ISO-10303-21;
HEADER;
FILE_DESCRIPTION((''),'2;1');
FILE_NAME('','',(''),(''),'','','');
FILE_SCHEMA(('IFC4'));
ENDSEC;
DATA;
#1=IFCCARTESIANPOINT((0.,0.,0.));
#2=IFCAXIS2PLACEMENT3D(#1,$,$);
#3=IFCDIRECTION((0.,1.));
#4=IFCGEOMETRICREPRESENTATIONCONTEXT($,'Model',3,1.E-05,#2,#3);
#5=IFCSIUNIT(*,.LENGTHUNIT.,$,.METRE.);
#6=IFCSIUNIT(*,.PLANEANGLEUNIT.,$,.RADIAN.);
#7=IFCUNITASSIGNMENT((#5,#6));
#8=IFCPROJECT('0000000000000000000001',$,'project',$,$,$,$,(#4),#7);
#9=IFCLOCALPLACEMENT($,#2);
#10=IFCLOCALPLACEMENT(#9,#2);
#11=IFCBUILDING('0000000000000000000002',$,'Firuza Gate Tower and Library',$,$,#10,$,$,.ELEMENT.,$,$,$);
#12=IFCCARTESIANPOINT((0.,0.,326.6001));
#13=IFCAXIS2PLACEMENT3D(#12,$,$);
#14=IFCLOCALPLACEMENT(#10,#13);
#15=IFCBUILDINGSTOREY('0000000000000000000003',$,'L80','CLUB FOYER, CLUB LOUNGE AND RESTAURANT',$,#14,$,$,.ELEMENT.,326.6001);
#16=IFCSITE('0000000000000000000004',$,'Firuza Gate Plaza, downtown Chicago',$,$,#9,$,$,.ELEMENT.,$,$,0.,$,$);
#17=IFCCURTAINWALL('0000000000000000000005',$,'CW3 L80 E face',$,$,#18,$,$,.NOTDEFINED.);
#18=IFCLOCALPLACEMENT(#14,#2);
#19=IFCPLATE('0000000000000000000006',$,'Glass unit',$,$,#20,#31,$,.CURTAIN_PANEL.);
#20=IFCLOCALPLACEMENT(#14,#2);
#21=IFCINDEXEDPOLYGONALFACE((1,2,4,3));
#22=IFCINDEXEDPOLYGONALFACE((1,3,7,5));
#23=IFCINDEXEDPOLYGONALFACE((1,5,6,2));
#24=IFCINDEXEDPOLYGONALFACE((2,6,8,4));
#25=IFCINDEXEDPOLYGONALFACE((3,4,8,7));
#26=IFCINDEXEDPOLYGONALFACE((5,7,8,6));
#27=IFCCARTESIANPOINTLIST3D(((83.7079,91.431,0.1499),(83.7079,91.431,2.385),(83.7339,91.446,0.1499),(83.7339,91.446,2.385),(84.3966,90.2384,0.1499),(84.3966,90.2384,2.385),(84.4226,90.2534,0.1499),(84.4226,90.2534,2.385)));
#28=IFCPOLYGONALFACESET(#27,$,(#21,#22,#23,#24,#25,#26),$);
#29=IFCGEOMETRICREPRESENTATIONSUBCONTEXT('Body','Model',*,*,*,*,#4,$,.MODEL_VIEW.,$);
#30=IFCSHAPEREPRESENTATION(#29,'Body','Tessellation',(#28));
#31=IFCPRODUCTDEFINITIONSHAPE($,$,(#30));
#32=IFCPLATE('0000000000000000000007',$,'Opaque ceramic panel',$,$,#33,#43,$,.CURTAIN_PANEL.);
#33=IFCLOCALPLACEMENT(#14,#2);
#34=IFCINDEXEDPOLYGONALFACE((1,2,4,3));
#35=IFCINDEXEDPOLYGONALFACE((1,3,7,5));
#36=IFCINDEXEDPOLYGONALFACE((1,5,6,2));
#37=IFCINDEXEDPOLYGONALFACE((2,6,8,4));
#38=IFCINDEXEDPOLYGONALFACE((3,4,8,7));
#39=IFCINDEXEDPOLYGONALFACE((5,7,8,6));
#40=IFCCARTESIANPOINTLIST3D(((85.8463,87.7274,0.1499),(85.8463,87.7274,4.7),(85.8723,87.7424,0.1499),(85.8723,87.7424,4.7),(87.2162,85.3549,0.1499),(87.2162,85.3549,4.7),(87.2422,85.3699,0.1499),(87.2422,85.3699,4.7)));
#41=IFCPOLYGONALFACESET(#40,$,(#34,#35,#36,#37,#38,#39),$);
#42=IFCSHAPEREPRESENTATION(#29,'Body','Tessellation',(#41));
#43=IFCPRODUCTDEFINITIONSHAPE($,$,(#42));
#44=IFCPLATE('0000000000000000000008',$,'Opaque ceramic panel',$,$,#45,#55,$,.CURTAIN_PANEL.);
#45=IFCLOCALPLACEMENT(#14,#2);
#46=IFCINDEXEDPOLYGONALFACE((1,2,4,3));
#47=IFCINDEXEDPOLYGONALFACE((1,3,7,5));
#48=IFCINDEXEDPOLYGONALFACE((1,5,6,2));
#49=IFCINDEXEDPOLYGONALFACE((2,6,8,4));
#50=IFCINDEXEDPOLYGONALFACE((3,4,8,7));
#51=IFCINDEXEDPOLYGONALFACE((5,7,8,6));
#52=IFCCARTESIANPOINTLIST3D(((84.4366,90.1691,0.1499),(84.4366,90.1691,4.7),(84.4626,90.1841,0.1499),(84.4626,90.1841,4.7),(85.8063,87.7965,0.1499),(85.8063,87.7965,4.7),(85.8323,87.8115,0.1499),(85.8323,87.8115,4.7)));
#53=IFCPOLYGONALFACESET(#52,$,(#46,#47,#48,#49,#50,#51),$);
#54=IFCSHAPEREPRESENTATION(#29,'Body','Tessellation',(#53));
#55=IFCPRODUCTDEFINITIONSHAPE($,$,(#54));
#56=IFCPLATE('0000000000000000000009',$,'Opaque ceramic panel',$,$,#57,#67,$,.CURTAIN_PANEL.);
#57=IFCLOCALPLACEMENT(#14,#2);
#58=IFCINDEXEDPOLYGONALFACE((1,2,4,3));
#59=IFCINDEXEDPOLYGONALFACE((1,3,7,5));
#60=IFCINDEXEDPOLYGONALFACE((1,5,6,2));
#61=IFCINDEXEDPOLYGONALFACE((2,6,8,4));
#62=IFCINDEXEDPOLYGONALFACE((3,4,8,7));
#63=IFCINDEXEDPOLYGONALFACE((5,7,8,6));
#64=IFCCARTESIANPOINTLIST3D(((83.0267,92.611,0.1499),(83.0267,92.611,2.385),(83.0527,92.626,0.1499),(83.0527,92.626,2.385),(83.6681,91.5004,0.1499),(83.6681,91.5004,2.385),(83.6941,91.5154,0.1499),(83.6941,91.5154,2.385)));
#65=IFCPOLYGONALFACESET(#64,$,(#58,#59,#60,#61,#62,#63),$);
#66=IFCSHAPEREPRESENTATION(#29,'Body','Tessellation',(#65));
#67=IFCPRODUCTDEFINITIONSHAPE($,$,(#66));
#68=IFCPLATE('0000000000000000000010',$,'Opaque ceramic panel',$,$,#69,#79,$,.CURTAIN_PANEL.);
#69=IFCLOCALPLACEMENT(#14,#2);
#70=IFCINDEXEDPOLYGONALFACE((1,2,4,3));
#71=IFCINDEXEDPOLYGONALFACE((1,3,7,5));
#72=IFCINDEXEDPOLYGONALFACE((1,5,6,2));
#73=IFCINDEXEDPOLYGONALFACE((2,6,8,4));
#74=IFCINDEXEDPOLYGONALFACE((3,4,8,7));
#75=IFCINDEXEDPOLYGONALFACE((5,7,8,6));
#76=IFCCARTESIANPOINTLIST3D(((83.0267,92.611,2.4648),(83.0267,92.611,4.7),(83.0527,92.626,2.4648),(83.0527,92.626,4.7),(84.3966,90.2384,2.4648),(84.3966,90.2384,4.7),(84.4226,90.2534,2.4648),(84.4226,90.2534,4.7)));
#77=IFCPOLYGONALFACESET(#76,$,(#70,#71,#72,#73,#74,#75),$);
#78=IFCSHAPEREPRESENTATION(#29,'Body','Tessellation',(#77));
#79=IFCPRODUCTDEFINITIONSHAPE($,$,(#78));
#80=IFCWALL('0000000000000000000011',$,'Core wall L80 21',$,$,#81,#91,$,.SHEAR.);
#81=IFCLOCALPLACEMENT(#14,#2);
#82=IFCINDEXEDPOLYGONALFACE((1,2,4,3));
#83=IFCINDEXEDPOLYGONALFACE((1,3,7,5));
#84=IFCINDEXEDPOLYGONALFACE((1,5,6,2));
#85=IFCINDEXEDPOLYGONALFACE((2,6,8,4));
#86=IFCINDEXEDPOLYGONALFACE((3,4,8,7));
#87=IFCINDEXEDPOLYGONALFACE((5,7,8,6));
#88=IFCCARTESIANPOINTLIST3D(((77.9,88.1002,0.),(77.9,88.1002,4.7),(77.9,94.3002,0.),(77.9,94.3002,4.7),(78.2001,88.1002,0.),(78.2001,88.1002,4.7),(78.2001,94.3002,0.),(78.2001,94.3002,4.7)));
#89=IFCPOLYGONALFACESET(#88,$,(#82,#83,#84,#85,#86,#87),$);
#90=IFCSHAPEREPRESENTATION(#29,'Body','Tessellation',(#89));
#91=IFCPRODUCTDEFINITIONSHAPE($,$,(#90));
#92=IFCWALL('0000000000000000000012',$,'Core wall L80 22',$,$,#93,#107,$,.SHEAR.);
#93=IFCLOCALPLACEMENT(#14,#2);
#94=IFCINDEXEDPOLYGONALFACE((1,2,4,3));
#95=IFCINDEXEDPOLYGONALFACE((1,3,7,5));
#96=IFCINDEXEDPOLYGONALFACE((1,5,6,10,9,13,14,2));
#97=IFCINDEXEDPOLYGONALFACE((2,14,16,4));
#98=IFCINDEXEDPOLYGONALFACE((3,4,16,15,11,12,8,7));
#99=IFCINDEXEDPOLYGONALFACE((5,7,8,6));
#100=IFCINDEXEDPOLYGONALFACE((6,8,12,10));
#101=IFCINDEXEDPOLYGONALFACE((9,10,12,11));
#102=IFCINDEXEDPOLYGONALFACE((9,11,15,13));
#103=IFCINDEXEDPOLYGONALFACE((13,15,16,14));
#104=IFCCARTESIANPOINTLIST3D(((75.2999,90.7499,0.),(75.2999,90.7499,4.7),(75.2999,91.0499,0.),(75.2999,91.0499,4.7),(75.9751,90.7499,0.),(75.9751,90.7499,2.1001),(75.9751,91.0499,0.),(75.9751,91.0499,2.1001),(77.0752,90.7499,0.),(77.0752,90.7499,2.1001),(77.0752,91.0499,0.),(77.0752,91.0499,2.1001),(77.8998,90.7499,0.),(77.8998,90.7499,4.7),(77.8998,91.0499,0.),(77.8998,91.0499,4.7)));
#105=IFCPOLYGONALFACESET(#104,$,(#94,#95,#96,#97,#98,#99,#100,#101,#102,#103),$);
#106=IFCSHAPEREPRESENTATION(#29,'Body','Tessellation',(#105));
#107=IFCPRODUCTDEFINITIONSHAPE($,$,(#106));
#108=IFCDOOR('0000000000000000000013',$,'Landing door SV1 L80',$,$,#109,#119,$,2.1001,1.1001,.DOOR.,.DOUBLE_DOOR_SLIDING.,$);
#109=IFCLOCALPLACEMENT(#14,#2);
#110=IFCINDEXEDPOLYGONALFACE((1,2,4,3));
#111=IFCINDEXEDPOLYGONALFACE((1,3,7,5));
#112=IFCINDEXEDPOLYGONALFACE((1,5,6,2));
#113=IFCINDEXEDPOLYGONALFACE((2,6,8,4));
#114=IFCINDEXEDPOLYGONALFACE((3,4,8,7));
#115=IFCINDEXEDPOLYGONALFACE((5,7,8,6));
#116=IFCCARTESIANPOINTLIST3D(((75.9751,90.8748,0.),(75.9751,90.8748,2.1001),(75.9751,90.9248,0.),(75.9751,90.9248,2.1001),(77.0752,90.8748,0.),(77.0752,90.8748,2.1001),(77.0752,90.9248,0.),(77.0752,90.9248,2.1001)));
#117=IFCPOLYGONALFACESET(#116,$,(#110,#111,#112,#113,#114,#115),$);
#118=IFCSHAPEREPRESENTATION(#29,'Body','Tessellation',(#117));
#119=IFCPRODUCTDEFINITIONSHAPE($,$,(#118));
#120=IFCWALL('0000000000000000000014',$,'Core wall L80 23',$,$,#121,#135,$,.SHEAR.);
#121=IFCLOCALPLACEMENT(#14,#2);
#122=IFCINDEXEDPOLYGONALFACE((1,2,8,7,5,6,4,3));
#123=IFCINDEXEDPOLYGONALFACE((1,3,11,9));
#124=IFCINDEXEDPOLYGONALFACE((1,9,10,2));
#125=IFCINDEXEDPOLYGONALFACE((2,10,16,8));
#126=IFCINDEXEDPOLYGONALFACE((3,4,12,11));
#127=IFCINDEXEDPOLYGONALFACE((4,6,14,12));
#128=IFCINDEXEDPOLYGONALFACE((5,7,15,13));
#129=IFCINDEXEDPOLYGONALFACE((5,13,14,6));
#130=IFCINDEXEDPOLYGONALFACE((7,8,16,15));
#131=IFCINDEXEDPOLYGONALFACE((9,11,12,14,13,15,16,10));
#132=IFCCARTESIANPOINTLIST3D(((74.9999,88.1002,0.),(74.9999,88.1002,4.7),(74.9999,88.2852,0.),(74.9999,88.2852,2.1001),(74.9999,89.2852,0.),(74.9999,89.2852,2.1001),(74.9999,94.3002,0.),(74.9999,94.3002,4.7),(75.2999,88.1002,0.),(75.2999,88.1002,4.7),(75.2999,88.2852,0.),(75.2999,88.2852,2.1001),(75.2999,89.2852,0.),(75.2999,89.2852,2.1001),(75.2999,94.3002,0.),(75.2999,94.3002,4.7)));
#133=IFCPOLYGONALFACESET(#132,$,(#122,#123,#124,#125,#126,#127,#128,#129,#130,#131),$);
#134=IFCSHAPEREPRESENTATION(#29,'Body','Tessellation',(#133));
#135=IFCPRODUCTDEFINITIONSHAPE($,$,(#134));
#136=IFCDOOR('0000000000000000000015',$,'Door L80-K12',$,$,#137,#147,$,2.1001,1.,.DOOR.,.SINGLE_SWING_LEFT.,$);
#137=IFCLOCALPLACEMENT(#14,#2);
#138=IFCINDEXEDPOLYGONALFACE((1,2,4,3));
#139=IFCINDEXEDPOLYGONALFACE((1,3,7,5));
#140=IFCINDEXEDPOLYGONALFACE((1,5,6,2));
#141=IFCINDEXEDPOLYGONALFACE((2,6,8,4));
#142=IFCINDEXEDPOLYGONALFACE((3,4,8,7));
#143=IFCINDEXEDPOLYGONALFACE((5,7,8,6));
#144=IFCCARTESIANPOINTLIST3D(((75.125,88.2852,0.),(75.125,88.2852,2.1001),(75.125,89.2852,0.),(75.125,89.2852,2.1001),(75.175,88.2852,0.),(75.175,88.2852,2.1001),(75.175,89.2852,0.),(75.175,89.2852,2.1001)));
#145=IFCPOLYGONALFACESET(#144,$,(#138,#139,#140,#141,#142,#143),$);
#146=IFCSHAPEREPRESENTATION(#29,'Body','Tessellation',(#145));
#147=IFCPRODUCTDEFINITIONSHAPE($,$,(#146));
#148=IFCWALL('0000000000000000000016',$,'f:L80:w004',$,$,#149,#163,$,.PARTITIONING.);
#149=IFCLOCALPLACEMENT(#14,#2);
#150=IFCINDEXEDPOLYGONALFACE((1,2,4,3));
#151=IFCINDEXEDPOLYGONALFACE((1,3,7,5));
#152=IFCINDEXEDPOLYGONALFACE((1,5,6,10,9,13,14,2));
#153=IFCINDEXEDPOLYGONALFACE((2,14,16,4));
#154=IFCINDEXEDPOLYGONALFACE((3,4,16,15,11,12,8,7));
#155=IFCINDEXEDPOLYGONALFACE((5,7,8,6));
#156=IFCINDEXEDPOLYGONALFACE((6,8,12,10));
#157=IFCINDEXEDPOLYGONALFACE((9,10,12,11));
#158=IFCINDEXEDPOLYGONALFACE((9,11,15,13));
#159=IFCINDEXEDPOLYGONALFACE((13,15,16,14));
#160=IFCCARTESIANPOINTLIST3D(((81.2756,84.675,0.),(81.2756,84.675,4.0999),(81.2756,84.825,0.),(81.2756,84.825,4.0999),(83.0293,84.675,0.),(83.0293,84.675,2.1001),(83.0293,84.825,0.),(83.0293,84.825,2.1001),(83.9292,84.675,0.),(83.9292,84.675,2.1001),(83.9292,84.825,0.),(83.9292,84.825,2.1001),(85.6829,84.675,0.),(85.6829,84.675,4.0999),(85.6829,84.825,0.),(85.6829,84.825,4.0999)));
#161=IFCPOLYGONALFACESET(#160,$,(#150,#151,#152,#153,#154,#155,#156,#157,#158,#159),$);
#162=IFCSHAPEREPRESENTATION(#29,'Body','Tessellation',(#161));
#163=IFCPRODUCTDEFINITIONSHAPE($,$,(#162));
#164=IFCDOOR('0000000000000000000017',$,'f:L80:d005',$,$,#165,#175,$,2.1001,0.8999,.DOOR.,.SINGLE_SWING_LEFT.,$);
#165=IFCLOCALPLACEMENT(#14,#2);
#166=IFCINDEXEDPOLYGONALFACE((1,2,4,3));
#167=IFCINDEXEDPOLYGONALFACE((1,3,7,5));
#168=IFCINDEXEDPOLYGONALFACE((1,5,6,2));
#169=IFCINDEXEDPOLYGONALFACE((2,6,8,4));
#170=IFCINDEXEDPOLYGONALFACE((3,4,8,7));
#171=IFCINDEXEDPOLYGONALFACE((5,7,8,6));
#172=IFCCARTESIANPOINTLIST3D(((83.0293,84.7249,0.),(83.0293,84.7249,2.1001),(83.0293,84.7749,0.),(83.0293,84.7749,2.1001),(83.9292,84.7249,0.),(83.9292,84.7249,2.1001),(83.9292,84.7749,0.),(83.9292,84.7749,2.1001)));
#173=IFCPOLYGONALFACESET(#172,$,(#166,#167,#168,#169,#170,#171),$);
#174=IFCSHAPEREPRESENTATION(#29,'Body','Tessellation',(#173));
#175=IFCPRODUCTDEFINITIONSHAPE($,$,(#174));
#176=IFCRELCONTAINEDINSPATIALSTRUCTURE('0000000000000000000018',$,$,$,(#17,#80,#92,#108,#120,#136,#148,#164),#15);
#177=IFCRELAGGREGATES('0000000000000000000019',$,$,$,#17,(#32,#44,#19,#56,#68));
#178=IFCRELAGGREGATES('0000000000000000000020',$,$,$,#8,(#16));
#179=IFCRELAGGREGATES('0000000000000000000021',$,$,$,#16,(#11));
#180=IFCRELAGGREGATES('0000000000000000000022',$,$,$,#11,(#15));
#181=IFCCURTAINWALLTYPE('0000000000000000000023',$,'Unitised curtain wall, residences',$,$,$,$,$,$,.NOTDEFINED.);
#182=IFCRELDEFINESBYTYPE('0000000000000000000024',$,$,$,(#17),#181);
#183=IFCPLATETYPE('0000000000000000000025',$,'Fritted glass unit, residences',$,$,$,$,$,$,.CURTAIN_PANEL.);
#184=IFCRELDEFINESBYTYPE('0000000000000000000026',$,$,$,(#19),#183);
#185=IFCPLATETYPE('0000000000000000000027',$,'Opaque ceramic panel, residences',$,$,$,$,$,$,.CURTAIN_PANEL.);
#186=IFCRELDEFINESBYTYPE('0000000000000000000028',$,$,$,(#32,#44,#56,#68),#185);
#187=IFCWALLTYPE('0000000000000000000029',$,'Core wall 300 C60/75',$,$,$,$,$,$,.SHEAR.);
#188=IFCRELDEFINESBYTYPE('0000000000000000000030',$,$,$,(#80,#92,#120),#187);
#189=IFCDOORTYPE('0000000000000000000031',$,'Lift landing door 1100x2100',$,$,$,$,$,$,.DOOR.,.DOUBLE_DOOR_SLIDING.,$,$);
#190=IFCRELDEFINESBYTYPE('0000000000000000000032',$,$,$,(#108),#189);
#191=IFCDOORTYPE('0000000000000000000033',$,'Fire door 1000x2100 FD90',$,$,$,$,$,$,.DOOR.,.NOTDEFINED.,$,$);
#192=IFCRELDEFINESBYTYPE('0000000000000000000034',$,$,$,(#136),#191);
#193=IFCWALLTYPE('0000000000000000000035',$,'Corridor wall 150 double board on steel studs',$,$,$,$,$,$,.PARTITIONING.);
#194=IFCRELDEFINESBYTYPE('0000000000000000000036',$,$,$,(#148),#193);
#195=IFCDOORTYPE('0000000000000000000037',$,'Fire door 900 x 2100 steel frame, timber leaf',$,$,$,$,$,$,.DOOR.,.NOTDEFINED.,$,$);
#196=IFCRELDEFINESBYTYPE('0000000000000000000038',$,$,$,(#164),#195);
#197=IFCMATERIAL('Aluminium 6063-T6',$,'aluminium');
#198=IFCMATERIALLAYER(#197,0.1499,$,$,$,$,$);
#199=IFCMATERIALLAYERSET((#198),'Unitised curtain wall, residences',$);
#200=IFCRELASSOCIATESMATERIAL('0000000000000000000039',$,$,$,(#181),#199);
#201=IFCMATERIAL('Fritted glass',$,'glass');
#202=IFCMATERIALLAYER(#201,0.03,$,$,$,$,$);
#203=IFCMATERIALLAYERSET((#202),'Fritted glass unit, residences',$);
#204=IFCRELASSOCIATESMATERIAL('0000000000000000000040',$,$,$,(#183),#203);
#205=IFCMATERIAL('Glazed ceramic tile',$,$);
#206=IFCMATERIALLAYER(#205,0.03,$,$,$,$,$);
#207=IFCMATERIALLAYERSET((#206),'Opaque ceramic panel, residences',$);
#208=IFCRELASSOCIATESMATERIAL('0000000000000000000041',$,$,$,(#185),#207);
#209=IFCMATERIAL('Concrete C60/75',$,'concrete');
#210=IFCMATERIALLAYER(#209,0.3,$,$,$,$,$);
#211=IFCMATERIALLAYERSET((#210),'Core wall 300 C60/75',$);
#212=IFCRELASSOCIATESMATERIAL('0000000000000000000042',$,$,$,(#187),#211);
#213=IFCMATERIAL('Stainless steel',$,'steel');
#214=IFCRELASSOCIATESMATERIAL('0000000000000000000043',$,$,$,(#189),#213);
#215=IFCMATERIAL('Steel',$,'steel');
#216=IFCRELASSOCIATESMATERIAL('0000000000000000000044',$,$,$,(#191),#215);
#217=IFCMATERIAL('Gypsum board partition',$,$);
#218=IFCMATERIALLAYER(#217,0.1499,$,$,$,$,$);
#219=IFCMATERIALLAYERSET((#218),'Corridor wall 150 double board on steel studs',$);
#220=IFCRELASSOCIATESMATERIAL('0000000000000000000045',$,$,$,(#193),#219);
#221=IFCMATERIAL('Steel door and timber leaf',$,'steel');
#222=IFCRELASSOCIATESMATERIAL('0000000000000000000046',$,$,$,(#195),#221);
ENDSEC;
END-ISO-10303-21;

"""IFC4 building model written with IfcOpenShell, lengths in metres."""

from ifc_helpers import new_model, si_unit, direction, frame, frame_2d, origin, place, context, subcontext, project, spatial, polyline, rectangle, outline, extrude, material, layer, layer_set, type_object, element, fill, aggregate, save


model = new_model("IFC4")

# Units and contexts
model_context = context("Model", 3, precision=1e-05, world=origin(), true_north=direction((0.0, 1.0)))
body_context = subcontext(model_context, "Body", "Model", "MODEL_VIEW")
ifc_project = project(units=[si_unit("LENGTHUNIT", "METRE"), si_unit("PLANEANGLEUNIT", "RADIAN")], contexts=[model_context])

# Site, building, storey
site_placement = place(None, origin())
site = spatial("IfcSite", under=ifc_project, at=site_placement, Name="Firuza Gate Plaza, downtown Chicago", CompositionType="ELEMENT", RefElevation=0.0)
building_placement = place(site_placement, origin())
building = spatial("IfcBuilding", under=site, at=building_placement, Name="Firuza Gate Tower and Library", CompositionType="ELEMENT")
storey_placement = place(building_placement, frame((0.0, 0.0, 326.6001)))
storey = spatial("IfcBuildingStorey", under=building, at=storey_placement, Name="L80", Description="CLUB FOYER, CLUB LOUNGE AND RESTAURANT", CompositionType="ELEMENT", Elevation=326.6001)

# Curtain wall
ifc_material_1 = material(Name="Aluminium 6063-T6", Category="aluminium")
ifc_layer_1 = layer(ifc_material_1, 0.1499)
ifc_layer_set_1 = layer_set([ifc_layer_1], Name="Unitised curtain wall, residences")
curtain_wall_type = type_object("IfcCurtainWallType", Name="Unitised curtain wall, residences", PredefinedType="NOTDEFINED", material=ifc_layer_set_1)
curtain_wall_placement = place(storey_placement, origin())
curtain_wall = element("IfcCurtainWall", 1, at=curtain_wall_placement, inside=storey, type_object=curtain_wall_type, Name="CW3 L80 E face", PredefinedType="NOTDEFINED")

# Plates
ifc_material_2 = material(Name="Fritted glass", Category="glass")
ifc_layer_2 = layer(ifc_material_2, 0.03)
ifc_layer_set_2 = layer_set([ifc_layer_2], Name="Fritted glass unit, residences")
plate_type_1 = type_object("IfcPlateType", Name="Fritted glass unit, residences", PredefinedType="CURTAIN_PANEL", material=ifc_layer_set_2)
plate_1_placement = place(storey_placement, frame((84.4226, 90.2534, 0.1499), z_axis=(0.865976, 0.500086, 0.0), x_axis=(-0.500086, 0.865976, 0.0)))
plate_1 = element("IfcPlate", 2, at=plate_1_placement, type_object=plate_type_1, Name="Glass unit", PredefinedType="CURTAIN_PANEL", context=body_context, shape_type="SweptSolid", body=[
    extrude(outline(polyline([(0.0, 0.0), (1.3772, 0.0), (1.3772, 2.2351), (0.0, 2.2351), (0.0, 0.0)])), origin(), (0.0, 0.0, -1.0), 0.03),
])
ifc_material_3 = material(Name="Glazed ceramic tile")
ifc_layer_3 = layer(ifc_material_3, 0.03)
ifc_layer_set_3 = layer_set([ifc_layer_3], Name="Opaque ceramic panel, residences")
plate_type_2 = type_object("IfcPlateType", Name="Opaque ceramic panel, residences", PredefinedType="CURTAIN_PANEL", material=ifc_layer_set_3)
plate_2_placement = place(storey_placement, frame((87.2422, 85.3699, 0.1499), z_axis=(0.866013, 0.500021, 0.0), x_axis=(-0.500021, 0.866013, 0.0)))
plate_2 = element("IfcPlate", 3, at=plate_2_placement, type_object=plate_type_2, Name="Opaque ceramic panel", PredefinedType="CURTAIN_PANEL", context=body_context, shape_type="SweptSolid", body=[
    extrude(outline(polyline([(0.0, 0.0), (2.7396, 0.0), (2.7396, 4.55), (0.0, 4.55), (0.0, 0.0)])), origin(), (0.0, 0.0, -1.0), 0.03),
])
plate_3_placement = place(storey_placement, frame((85.8323, 87.8115, 0.1499), z_axis=(0.866052, 0.499954, 0.0), x_axis=(-0.499954, 0.866052, 0.0)))
plate_3 = element("IfcPlate", 4, at=plate_3_placement, type_object=plate_type_2, Name="Opaque ceramic panel", PredefinedType="CURTAIN_PANEL", context=body_context, shape_type="SweptSolid", body=[
    extrude(outline(polyline([(0.0, 0.0), (2.7395, 0.0), (2.7395, 4.55), (0.0, 4.55), (0.0, 0.0)])), origin(), (0.0, 0.0, -1.0), 0.03),
])
plate_4_placement = place(storey_placement, frame((83.6941, 91.5154, 0.1499), z_axis=(0.865973, 0.50009, 0.0), x_axis=(-0.50009, 0.865973, 0.0)))
plate_4 = element("IfcPlate", 5, at=plate_4_placement, type_object=plate_type_2, Name="Opaque ceramic panel", PredefinedType="CURTAIN_PANEL", context=body_context, shape_type="SweptSolid", body=[
    extrude(outline(polyline([(0.0, 0.0), (1.2825, 0.0), (1.2825, 2.2351), (0.0, 2.2351), (0.0, 0.0)])), origin(), (0.0, 0.0, -1.0), 0.03),
])
plate_5_placement = place(storey_placement, frame((84.4226, 90.2534, 2.4648), z_axis=(0.866013, 0.500021, 0.0), x_axis=(-0.500021, 0.866013, 0.0)))
plate_5 = element("IfcPlate", 6, at=plate_5_placement, type_object=plate_type_2, Name="Opaque ceramic panel", PredefinedType="CURTAIN_PANEL", context=body_context, shape_type="SweptSolid", body=[
    extrude(outline(polyline([(0.0, 0.0), (2.7396, 0.0), (2.7396, 2.2351), (0.0, 2.2351), (0.0, 0.0)])), origin(), (0.0, 0.0, -1.0), 0.03),
])
aggregate(curtain_wall, [plate_2, plate_3, plate_1, plate_4, plate_5])

# Wall
ifc_material_4 = material(Name="Concrete C60/75", Category="concrete")
ifc_layer_4 = layer(ifc_material_4, 0.3)
ifc_layer_set_4 = layer_set([ifc_layer_4], Name="Core wall 300 C60/75")
wall_type_1 = type_object("IfcWallType", Name="Core wall 300 C60/75", PredefinedType="SHEAR", material=ifc_layer_set_4)
wall_1_placement = place(storey_placement, frame((78.05, 88.1001, 0.0), z_axis=(0.0, 0.0, 1.0), x_axis=(0.0, 1.0, 0.0)))
element("IfcWall", 7, at=wall_1_placement, inside=storey, type_object=wall_type_1, Name="Core wall L80 21", PredefinedType="SHEAR", context=body_context, shape_type="SweptSolid", body=[
    extrude(rectangle(XDim=6.2, YDim=0.3, at=frame_2d((3.1001, 0.0))), origin(), (0.0, 0.0, 1.0), 4.7),
])

# Walls, openings, doors
wall_2_placement = place(storey_placement, frame((75.3, 90.8999, 0.0), z_axis=(0.0, 0.0, 1.0), x_axis=(1.0, 0.0, 0.0)))
wall_2 = element("IfcWall", 8, at=wall_2_placement, inside=storey, type_object=wall_type_1, Name="Core wall L80 22", PredefinedType="SHEAR", context=body_context, shape_type="SweptSolid", body=[
    extrude(rectangle(XDim=2.5999, YDim=0.3, at=frame_2d((1.2998, 0.0))), origin(), (0.0, 0.0, 1.0), 4.7),
])
opening_1_placement = place(wall_2_placement, frame((0.675, 0.0, 0.0)))
opening_1 = element("IfcOpeningElement", 9, at=opening_1_placement, cuts=wall_2, PredefinedType="OPENING", context=body_context, shape_type="SweptSolid", body=[
    extrude(rectangle(XDim=1.1001, YDim=2.1001, at=frame_2d((0.55, 1.05))), frame((0.0, 0.1602, 0.0), z_axis=(0.0, -1.0, 0.0), x_axis=(1.0, 0.0, 0.0)), (0.0, 0.0, 1.0), 0.3201),
])
ifc_material_5 = material(Name="Stainless steel", Category="steel")
door_type_1 = type_object("IfcDoorType", Name="Lift landing door 1100x2100", OperationType="DOUBLE_DOOR_SLIDING", PredefinedType="DOOR", material=ifc_material_5)
door_1_placement = place(opening_1_placement, origin())
door_1 = element("IfcDoor", 10, at=door_1_placement, inside=storey, type_object=door_type_1, Name="Landing door SV1 L80", OperationType="DOUBLE_DOOR_SLIDING", OverallHeight=2.1001, OverallWidth=1.1001, PredefinedType="DOOR", context=body_context, shape_type="SweptSolid", body=[
    extrude(rectangle(XDim=1.1001, YDim=2.1001, at=frame_2d((0.55, 1.05))), frame((0.0, 0.0249, 0.0), z_axis=(0.0, -1.0, 0.0), x_axis=(1.0, 0.0, 0.0)), (0.0, 0.0, 1.0), 0.05),
])
fill(opening_1, door_1)
wall_3_placement = place(storey_placement, frame((75.1499, 88.1001, 0.0), z_axis=(0.0, 0.0, 1.0), x_axis=(0.0, 1.0, 0.0)))
wall_3 = element("IfcWall", 11, at=wall_3_placement, inside=storey, type_object=wall_type_1, Name="Core wall L80 23", PredefinedType="SHEAR", context=body_context, shape_type="SweptSolid", body=[
    extrude(rectangle(XDim=6.2, YDim=0.3, at=frame_2d((3.1001, 0.0))), origin(), (0.0, 0.0, 1.0), 4.7),
])
opening_2_placement = place(wall_3_placement, frame((0.1851, 0.0, 0.0)))
opening_2 = element("IfcOpeningElement", 12, at=opening_2_placement, cuts=wall_3, PredefinedType="OPENING", context=body_context, shape_type="SweptSolid", body=[
    extrude(rectangle(XDim=1.0, YDim=2.1001, at=frame_2d((0.5, 1.05))), frame((0.0, 0.1602, 0.0), z_axis=(0.0, -1.0, 0.0), x_axis=(1.0, 0.0, 0.0)), (0.0, 0.0, 1.0), 0.3201),
])
ifc_material_6 = material(Name="Steel", Category="steel")
door_type_2 = type_object("IfcDoorType", Name="Fire door 1000x2100 FD90", OperationType="NOTDEFINED", PredefinedType="DOOR", material=ifc_material_6)
door_2_placement = place(opening_2_placement, origin())
door_2 = element("IfcDoor", 13, at=door_2_placement, inside=storey, type_object=door_type_2, Name="Door L80-K12", OperationType="SINGLE_SWING_LEFT", OverallHeight=2.1001, OverallWidth=1.0, PredefinedType="DOOR", context=body_context, shape_type="SweptSolid", body=[
    extrude(rectangle(XDim=1.0, YDim=2.1001, at=frame_2d((0.5, 1.05))), frame((0.0, 0.0249, 0.0), z_axis=(0.0, -1.0, 0.0), x_axis=(1.0, 0.0, 0.0)), (0.0, 0.0, 1.0), 0.05),
])
fill(opening_2, door_2)
ifc_material_7 = material(Name="Gypsum board partition")
ifc_layer_5 = layer(ifc_material_7, 0.1499)
ifc_layer_set_5 = layer_set([ifc_layer_5], Name="Corridor wall 150 double board on steel studs")
wall_type_2 = type_object("IfcWallType", Name="Corridor wall 150 double board on steel studs", PredefinedType="PARTITIONING", material=ifc_layer_set_5)
wall_4_placement = place(storey_placement, frame((81.2756, 84.75, 0.0), z_axis=(0.0, 0.0, 1.0), x_axis=(1.0, 0.0, 0.0)))
wall_4 = element("IfcWall", 14, at=wall_4_placement, inside=storey, type_object=wall_type_2, Name="f:L80:w004", PredefinedType="PARTITIONING", context=body_context, shape_type="SweptSolid", body=[
    extrude(rectangle(XDim=4.4072, YDim=0.1499, at=frame_2d((2.2036, 0.0))), origin(), (0.0, 0.0, 1.0), 4.0999),
])
opening_3_placement = place(wall_4_placement, frame((1.7537, 0.0, 0.0)))
opening_3 = element("IfcOpeningElement", 15, at=opening_3_placement, cuts=wall_4, PredefinedType="OPENING", context=body_context, shape_type="SweptSolid", body=[
    extrude(rectangle(XDim=0.8999, YDim=2.1001, at=frame_2d((0.45, 1.05))), frame((0.0, 0.085, 0.0), z_axis=(0.0, -1.0, 0.0), x_axis=(1.0, 0.0, 0.0)), (0.0, 0.0, 1.0), 0.1699),
])
ifc_material_8 = material(Name="Steel door and timber leaf", Category="steel")
door_type_3 = type_object("IfcDoorType", Name="Fire door 900 x 2100 steel frame, timber leaf", OperationType="NOTDEFINED", PredefinedType="DOOR", material=ifc_material_8)
door_3_placement = place(opening_3_placement, origin())
door_3 = element("IfcDoor", 16, at=door_3_placement, inside=storey, type_object=door_type_3, Name="f:L80:d005", OperationType="SINGLE_SWING_LEFT", OverallHeight=2.1001, OverallWidth=0.8999, PredefinedType="DOOR", context=body_context, shape_type="SweptSolid", body=[
    extrude(rectangle(XDim=0.8999, YDim=2.1001, at=frame_2d((0.45, 1.05))), frame((0.0, 0.0249, 0.0), z_axis=(0.0, -1.0, 0.0), x_axis=(1.0, 0.0, 0.0)), (0.0, 0.0, 1.0), 0.05),
])
fill(opening_3, door_3)

save(model, "model.ifc")
